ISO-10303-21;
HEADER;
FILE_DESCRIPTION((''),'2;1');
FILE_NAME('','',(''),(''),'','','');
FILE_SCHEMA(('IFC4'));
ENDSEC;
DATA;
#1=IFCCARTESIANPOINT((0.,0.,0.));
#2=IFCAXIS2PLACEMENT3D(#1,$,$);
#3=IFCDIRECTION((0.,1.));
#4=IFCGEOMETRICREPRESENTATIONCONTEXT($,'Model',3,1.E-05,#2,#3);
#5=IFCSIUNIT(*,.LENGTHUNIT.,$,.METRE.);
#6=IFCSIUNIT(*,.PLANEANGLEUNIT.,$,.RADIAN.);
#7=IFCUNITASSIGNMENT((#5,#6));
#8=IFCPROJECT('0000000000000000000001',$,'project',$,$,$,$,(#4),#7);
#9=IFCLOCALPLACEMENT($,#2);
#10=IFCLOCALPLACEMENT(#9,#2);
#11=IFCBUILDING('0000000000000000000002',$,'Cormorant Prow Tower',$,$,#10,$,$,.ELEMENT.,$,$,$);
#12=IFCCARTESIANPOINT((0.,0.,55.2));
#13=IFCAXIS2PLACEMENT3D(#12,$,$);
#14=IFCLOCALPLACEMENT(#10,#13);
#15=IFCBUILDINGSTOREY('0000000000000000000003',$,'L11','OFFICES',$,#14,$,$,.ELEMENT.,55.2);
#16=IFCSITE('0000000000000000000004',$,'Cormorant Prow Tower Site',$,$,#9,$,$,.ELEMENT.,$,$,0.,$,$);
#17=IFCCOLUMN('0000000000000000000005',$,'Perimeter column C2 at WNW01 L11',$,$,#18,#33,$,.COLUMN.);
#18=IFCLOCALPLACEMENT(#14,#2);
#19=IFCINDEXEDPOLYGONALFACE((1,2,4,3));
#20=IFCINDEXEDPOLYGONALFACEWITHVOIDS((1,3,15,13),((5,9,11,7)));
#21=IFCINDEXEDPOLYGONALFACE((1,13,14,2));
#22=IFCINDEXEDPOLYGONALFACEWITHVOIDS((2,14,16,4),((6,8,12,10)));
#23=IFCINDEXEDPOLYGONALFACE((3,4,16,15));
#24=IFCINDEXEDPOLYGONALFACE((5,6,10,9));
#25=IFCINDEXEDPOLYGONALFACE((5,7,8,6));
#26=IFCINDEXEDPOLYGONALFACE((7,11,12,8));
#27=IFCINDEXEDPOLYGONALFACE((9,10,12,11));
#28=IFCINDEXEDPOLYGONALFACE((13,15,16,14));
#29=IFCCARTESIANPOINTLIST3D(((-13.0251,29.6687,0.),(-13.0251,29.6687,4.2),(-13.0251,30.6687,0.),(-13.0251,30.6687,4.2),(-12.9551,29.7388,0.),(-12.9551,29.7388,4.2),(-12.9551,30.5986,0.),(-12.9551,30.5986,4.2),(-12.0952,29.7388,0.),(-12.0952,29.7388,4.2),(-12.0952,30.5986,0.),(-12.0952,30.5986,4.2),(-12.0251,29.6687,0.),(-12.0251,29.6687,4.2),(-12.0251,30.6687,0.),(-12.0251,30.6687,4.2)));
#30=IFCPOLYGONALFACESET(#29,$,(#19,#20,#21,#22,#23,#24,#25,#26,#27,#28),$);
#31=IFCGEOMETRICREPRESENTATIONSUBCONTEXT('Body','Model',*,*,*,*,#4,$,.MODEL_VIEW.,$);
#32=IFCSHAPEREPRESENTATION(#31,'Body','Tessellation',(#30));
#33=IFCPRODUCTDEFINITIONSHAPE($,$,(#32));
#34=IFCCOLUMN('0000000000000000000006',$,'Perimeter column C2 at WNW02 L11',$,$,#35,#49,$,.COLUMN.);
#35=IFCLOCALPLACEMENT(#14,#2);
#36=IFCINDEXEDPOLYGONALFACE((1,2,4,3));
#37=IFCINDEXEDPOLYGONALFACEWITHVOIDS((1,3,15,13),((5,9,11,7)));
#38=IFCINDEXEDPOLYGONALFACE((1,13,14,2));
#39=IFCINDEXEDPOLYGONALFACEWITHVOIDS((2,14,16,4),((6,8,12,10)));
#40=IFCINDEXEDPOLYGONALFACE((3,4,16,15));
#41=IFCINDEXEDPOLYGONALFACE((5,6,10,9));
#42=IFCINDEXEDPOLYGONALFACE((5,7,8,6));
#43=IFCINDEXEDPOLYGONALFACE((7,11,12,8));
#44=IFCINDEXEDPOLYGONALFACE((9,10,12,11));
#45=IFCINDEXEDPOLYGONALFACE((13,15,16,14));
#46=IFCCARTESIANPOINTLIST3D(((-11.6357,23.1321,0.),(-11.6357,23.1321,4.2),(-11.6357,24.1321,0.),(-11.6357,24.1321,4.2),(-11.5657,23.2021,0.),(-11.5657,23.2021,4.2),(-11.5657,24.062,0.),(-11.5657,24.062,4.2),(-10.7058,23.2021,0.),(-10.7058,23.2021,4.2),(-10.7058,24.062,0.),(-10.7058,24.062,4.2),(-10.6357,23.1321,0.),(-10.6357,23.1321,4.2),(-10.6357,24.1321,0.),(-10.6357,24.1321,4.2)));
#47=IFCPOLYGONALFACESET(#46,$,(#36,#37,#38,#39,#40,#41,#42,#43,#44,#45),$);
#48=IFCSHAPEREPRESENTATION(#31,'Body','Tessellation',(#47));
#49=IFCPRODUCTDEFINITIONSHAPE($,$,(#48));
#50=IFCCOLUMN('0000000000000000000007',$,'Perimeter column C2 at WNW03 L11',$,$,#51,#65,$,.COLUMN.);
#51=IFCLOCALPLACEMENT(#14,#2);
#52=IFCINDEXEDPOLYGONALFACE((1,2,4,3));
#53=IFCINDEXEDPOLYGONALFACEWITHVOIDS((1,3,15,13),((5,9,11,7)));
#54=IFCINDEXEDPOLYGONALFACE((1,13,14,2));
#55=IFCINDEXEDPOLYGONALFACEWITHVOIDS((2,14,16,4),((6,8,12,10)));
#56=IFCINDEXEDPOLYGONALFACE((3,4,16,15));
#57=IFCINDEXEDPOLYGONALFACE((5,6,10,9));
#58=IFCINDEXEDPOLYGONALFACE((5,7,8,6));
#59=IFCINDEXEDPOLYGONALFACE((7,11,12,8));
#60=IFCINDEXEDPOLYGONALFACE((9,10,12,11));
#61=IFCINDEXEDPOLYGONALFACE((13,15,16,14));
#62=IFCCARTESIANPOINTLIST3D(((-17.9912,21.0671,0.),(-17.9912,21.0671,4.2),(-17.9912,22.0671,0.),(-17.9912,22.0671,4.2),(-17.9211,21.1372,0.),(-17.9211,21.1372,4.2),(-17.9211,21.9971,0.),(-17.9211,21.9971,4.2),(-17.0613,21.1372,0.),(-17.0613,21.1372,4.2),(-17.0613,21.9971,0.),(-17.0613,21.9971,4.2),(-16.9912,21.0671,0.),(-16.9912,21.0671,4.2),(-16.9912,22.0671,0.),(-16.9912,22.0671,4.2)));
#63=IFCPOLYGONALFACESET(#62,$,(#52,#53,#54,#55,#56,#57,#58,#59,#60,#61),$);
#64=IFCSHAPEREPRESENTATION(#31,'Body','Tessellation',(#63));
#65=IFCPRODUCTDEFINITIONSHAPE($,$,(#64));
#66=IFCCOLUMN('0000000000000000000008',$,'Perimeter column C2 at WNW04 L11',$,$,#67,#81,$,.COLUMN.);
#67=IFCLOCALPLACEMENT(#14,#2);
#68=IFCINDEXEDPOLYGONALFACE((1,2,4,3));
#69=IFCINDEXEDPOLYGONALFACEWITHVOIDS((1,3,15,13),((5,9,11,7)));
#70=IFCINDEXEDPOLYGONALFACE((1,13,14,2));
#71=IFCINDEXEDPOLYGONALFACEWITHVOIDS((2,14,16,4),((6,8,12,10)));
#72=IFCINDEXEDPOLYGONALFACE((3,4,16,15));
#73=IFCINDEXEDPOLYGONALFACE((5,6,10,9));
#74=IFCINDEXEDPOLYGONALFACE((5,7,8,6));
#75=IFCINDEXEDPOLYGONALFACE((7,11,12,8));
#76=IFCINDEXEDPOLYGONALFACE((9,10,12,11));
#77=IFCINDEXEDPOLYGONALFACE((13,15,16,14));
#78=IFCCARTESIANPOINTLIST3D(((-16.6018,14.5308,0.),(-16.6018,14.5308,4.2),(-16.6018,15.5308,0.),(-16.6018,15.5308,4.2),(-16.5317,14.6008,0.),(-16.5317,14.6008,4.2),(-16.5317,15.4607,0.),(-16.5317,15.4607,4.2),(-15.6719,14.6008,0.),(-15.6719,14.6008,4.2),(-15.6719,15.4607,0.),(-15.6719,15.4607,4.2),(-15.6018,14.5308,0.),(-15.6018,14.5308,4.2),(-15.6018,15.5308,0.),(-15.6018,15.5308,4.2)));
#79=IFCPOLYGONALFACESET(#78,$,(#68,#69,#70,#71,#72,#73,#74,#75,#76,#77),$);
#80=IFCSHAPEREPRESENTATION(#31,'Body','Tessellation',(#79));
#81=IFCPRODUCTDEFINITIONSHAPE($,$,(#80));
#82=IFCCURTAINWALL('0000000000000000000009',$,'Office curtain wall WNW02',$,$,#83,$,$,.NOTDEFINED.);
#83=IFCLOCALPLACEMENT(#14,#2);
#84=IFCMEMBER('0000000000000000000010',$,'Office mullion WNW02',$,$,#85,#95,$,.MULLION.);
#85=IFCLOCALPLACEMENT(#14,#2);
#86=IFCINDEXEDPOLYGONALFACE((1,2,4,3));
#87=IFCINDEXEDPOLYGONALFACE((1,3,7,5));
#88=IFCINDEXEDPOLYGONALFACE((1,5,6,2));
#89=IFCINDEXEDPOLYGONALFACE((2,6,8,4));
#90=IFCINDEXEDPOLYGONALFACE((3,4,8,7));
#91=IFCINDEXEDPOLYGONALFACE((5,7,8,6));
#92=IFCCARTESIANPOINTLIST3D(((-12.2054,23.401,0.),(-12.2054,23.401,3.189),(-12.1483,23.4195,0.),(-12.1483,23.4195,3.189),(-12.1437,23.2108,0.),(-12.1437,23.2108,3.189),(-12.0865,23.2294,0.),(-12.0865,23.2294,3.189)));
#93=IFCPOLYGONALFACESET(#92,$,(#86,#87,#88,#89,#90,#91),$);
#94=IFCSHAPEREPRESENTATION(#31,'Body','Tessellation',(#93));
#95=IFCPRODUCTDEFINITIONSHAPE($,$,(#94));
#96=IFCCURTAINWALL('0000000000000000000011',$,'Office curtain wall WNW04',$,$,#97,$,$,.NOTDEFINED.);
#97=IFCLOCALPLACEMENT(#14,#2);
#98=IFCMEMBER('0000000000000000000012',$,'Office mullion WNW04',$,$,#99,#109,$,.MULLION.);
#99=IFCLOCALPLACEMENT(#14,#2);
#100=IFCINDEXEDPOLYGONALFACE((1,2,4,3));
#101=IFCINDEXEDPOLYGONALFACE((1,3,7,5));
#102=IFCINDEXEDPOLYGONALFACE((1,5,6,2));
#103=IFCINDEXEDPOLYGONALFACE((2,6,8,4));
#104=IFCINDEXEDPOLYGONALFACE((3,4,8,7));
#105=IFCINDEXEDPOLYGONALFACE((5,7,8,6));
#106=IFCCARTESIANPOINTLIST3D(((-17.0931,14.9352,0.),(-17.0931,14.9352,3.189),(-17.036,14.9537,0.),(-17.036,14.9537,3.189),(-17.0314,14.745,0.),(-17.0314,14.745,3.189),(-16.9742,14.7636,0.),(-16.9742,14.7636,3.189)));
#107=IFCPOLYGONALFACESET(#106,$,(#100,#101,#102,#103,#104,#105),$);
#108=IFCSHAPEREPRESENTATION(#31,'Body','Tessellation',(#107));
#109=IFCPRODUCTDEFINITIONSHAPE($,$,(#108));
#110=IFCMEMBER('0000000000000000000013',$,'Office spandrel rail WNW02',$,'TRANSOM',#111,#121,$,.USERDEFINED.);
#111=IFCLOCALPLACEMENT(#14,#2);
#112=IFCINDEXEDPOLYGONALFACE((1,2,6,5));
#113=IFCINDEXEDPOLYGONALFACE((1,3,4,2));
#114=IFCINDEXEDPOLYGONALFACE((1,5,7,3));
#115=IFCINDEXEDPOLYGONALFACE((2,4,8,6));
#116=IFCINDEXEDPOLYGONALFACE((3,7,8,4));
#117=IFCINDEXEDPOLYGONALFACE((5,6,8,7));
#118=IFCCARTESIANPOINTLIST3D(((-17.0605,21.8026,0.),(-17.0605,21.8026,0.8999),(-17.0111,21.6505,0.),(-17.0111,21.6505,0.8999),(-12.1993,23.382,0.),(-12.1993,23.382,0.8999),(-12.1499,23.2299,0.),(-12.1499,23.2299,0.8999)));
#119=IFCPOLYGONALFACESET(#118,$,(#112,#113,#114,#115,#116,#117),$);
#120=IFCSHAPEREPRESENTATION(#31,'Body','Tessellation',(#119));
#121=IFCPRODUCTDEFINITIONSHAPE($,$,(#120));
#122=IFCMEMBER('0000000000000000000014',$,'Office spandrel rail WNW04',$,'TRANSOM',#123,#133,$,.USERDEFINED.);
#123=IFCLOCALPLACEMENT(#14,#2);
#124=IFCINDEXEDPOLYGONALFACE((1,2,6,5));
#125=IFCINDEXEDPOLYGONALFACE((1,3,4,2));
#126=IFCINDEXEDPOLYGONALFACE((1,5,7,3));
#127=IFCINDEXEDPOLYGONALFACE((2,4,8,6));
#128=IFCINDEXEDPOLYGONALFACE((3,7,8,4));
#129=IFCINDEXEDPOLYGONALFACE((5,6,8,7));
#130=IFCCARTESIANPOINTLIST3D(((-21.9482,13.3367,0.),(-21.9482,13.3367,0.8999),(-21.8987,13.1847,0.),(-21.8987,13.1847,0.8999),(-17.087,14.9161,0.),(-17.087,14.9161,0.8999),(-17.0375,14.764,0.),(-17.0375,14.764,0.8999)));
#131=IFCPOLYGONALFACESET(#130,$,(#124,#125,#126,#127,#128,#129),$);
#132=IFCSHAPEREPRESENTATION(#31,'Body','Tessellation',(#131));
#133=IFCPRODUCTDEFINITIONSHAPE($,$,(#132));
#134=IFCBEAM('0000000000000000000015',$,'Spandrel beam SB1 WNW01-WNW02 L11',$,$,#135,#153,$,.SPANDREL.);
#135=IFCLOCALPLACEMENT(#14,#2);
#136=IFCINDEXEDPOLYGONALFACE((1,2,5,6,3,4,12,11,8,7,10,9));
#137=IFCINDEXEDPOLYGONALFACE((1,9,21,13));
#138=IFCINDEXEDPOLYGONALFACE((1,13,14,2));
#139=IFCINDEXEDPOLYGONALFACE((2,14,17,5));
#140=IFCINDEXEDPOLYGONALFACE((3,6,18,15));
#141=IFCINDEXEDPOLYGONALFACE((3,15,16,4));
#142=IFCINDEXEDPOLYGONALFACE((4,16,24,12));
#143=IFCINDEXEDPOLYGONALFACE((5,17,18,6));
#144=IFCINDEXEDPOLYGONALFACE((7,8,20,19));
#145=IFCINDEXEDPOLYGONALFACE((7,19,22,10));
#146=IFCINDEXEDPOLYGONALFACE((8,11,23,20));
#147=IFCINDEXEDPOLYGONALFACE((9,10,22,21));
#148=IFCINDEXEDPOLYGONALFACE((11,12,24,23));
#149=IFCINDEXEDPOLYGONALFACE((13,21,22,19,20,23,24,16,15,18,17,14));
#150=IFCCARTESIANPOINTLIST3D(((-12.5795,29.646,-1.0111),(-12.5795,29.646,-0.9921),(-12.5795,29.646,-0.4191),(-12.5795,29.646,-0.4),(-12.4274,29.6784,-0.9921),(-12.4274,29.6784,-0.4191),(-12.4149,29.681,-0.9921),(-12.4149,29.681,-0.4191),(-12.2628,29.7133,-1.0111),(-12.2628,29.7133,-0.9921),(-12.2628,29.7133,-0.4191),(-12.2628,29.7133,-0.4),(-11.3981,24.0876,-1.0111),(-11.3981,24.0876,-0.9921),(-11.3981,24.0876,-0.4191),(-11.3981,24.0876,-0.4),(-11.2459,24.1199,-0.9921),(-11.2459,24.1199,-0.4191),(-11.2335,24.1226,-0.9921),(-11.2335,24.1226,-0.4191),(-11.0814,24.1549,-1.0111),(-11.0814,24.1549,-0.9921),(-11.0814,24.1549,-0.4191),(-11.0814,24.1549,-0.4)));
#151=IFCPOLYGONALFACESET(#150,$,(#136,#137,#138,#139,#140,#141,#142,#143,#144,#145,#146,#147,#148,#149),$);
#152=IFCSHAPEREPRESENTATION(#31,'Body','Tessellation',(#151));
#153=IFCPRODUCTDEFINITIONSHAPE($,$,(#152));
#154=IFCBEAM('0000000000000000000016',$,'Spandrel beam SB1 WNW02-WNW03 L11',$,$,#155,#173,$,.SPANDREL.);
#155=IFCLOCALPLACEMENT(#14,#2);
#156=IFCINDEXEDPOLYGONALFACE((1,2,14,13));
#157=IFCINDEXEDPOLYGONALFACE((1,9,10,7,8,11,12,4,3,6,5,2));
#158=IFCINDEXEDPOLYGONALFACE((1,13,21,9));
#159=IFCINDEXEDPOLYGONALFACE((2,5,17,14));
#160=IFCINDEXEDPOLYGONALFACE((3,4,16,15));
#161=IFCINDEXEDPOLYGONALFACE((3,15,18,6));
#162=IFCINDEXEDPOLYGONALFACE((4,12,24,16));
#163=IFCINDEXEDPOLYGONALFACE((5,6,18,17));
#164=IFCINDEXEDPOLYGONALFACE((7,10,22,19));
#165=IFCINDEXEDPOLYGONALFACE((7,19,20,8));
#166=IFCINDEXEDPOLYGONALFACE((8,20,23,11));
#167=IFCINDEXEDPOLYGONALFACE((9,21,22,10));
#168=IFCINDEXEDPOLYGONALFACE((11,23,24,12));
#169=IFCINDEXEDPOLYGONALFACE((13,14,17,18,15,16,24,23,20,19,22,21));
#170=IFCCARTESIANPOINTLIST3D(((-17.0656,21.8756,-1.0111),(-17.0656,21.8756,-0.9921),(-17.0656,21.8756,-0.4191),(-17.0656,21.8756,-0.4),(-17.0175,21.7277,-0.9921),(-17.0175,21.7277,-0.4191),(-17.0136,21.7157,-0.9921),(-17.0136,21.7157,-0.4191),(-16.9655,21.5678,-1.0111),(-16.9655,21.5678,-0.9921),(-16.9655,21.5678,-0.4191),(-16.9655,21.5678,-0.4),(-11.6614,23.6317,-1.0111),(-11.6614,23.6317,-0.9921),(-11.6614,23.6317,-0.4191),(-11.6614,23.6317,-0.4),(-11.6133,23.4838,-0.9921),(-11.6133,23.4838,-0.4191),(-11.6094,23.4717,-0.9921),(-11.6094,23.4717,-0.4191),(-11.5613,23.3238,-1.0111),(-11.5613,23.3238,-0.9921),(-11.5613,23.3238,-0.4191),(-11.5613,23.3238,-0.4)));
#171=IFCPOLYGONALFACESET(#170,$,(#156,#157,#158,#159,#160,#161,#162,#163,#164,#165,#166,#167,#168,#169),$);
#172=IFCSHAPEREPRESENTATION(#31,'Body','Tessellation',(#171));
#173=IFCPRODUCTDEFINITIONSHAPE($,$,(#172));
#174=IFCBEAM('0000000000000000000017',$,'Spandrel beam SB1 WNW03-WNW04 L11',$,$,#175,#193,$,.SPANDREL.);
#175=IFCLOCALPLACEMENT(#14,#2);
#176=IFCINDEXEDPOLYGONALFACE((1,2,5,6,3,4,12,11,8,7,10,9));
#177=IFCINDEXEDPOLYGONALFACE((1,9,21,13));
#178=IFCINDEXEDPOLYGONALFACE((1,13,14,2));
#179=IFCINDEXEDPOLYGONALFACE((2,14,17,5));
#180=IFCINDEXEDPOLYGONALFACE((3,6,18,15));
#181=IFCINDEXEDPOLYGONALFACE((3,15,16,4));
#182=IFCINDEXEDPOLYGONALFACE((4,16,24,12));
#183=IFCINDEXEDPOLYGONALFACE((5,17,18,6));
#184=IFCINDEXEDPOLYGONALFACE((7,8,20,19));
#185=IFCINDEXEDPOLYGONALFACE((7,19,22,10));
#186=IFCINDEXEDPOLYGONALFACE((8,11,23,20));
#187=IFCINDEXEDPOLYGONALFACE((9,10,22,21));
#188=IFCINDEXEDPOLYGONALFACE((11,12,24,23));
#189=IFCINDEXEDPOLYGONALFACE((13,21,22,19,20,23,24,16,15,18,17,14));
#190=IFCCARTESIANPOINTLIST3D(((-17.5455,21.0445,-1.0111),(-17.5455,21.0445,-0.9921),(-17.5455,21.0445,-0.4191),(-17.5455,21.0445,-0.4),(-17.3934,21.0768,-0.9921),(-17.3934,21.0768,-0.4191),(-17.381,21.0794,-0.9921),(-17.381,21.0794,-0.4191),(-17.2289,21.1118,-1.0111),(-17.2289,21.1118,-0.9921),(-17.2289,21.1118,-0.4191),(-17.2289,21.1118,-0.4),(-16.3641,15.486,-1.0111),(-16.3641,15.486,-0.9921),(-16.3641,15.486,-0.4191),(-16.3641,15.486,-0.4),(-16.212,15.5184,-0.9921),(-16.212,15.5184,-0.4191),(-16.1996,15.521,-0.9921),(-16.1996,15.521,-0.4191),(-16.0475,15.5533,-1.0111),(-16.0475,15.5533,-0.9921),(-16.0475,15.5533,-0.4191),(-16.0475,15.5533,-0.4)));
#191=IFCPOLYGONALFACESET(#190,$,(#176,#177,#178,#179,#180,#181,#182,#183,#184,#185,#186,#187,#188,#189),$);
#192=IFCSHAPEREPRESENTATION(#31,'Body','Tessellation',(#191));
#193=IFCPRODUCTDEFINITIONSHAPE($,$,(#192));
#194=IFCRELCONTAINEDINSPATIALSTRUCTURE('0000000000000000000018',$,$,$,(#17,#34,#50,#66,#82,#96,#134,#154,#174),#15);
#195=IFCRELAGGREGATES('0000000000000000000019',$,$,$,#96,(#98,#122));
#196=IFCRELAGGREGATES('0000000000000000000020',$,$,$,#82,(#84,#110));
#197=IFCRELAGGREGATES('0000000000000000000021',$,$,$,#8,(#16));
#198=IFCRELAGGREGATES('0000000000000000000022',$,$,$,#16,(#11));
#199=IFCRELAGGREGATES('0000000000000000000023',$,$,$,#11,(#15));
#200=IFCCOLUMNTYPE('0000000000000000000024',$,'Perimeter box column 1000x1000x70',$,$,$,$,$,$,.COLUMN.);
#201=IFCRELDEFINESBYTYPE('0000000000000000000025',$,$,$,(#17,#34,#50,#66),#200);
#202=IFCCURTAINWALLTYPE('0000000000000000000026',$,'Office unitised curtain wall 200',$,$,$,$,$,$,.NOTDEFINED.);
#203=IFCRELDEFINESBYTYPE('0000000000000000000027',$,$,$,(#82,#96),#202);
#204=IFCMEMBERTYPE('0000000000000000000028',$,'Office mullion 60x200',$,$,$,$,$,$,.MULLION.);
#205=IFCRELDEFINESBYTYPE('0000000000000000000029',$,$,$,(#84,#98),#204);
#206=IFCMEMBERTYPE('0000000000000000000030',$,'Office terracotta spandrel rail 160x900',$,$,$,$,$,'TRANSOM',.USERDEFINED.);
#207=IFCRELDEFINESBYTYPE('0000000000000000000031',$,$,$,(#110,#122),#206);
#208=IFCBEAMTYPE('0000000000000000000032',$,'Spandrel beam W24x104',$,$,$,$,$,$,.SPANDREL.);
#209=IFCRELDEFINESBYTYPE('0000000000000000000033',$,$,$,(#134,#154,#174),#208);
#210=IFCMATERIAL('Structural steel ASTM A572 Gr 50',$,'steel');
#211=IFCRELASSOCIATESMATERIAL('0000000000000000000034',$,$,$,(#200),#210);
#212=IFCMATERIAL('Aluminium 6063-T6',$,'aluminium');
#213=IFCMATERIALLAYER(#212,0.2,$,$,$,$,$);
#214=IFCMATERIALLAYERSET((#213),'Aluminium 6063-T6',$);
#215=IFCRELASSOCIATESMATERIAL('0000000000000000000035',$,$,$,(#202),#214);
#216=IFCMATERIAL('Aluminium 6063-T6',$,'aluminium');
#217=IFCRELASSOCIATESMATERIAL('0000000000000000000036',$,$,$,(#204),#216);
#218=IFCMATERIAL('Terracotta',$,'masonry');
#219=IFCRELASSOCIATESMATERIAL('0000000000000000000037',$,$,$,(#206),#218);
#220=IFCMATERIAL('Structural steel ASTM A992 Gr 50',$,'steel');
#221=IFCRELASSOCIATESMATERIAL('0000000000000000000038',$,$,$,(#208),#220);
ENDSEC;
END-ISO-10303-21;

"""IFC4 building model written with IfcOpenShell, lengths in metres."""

from ifc_helpers import new_model, si_unit, direction, frame, origin, origin_2d, place, context, subcontext, project, spatial, rectangle, hollow_rectangle, i_section, extrude, material, layer, layer_set, material_profile, profile_set, type_object, element, aggregate, save


model = new_model("IFC4")

# Units and contexts
model_context = context("Model", 3, precision=1e-05, world=origin(), true_north=direction((0.0, 1.0)))
body_context = subcontext(model_context, "Body", "Model", "MODEL_VIEW")
ifc_project = project(units=[si_unit("LENGTHUNIT", "METRE"), si_unit("PLANEANGLEUNIT", "RADIAN")], contexts=[model_context])

# Site, building, storey
site_placement = place(None, origin())
site = spatial("IfcSite", under=ifc_project, at=site_placement, Name="Cormorant Prow Tower Site", CompositionType="ELEMENT", RefElevation=0.0)
building_placement = place(site_placement, origin())
building = spatial("IfcBuilding", under=site, at=building_placement, Name="Cormorant Prow Tower", CompositionType="ELEMENT")
storey_placement = place(building_placement, frame((0.0, 0.0, 55.2)))
storey = spatial("IfcBuildingStorey", under=building, at=storey_placement, Name="L11", Description="OFFICES", CompositionType="ELEMENT", Elevation=55.2)

# Columns
ifc_material_1 = material(Name="Structural steel ASTM A572 Gr 50", Category="steel")
ifc_material_profile_1 = material_profile(ifc_material_1, hollow_rectangle(XDim=1.0, YDim=1.0, WallThickness=0.0701, at=origin_2d()), Name="Box 1000x1000x70")
ifc_profile_set_1 = profile_set([ifc_material_profile_1], Name="Structural steel ASTM A572 Gr 50")
column_type = type_object("IfcColumnType", Name="Perimeter box column 1000x1000x70", PredefinedType="COLUMN", material=ifc_profile_set_1)
for number, where, z_axis, x_axis, name in (
    (1, (-12.5251, 30.1687, 0.0), (0.0, 0.0, 1.0), (1.0, 0.0, 0.0), "Perimeter column C2 at WNW01 L11"),
    (2, (-11.1357, 23.6321, 0.0), (0.0, 0.0, 1.0), (1.0, 0.0, 0.0), "Perimeter column C2 at WNW02 L11"),
    (3, (-17.4912, 21.5671, 0.0), (0.0, 0.0, 1.0), (1.0, 0.0, 0.0), "Perimeter column C2 at WNW03 L11"),
    (4, (-16.1018, 15.0308, 0.0), (0.0, 0.0, 1.0), (1.0, 0.0, 0.0), "Perimeter column C2 at WNW04 L11"),
):
    element("IfcColumn", number, at=place(storey_placement, frame(where, z_axis=z_axis, x_axis=x_axis)), inside=storey, type_object=column_type, Name=name, PredefinedType="COLUMN", context=body_context, shape_type="SweptSolid", body=[
        extrude(hollow_rectangle(XDim=1.0, YDim=1.0, WallThickness=0.0701, at=origin_2d()), origin(), (0.0, 0.0, 1.0), 4.2),
    ])

# Curtain walls, members
ifc_material_2 = material(Name="Aluminium 6063-T6", Category="aluminium")
ifc_layer_1 = layer(ifc_material_2, 0.2)
ifc_layer_set_1 = layer_set([ifc_layer_1], Name="Aluminium 6063-T6")
curtain_wall_type = type_object("IfcCurtainWallType", Name="Office unitised curtain wall 200", PredefinedType="NOTDEFINED", material=ifc_layer_set_1)
curtain_wall_1_placement = place(storey_placement, origin())
curtain_wall_1 = element("IfcCurtainWall", 5, at=curtain_wall_1_placement, inside=storey, type_object=curtain_wall_type, Name="Office curtain wall WNW02", PredefinedType="NOTDEFINED")
ifc_material_3 = material(Name="Aluminium 6063-T6", Category="aluminium")
ifc_material_profile_2 = material_profile(ifc_material_3, rectangle(XDim=0.2, YDim=0.0601, at=origin_2d()), Name="Office mullion 60x200")
ifc_profile_set_2 = profile_set([ifc_material_profile_2], Name="Aluminium 6063-T6")
member_type_1 = type_object("IfcMemberType", Name="Office mullion 60x200", PredefinedType="MULLION", material=ifc_profile_set_2)
member_1_placement = place(storey_placement, frame((-12.146, 23.3152, 0.0), z_axis=(0.0, 0.0, 1.0), x_axis=(0.309017, -0.951057, 0.0)))
member_1 = element("IfcMember", 6, at=member_1_placement, type_object=member_type_1, Name="Office mullion WNW02", PredefinedType="MULLION", context=body_context, shape_type="SweptSolid", body=[
    extrude(rectangle(XDim=0.2, YDim=0.0601, at=origin_2d()), origin(), (0.0, 0.0, 1.0), 3.189),
])
curtain_wall_2_placement = place(storey_placement, origin())
curtain_wall_2 = element("IfcCurtainWall", 7, at=curtain_wall_2_placement, inside=storey, type_object=curtain_wall_type, Name="Office curtain wall WNW04", PredefinedType="NOTDEFINED")
member_2_placement = place(storey_placement, frame((-17.0337, 14.8494, 0.0), z_axis=(0.0, 0.0, 1.0), x_axis=(0.309017, -0.951056, 0.0)))
member_2 = element("IfcMember", 8, at=member_2_placement, type_object=member_type_1, Name="Office mullion WNW04", PredefinedType="MULLION", context=body_context, shape_type="SweptSolid", body=[
    extrude(rectangle(XDim=0.2, YDim=0.0601, at=origin_2d()), origin(), (0.0, 0.0, 1.0), 3.189),
])

# Members
ifc_material_4 = material(Name="Terracotta", Category="masonry")
ifc_material_profile_3 = material_profile(ifc_material_4, rectangle(XDim=0.1599, YDim=0.8999, at=origin_2d()), Name="Office terracotta spandrel rail 160x900")
ifc_profile_set_3 = profile_set([ifc_material_profile_3], Name="Terracotta")
member_type_2 = type_object("IfcMemberType", Name="Office terracotta spandrel rail 160x900", ElementType="TRANSOM", PredefinedType="USERDEFINED", material=ifc_profile_set_3)
member_3_placement = place(storey_placement, frame((-12.1746, 23.3059, 0.45), z_axis=(-0.951063, -0.308996, 0.0), x_axis=(0.308996, -0.951063, 0.0)))
member_3 = element("IfcMember", 9, at=member_3_placement, type_object=member_type_2, Name="Office spandrel rail WNW02", ObjectType="TRANSOM", PredefinedType="USERDEFINED", context=body_context, shape_type="SweptSolid", body=[
    extrude(rectangle(XDim=0.1599, YDim=0.8999, at=origin_2d()), origin(), (0.0, 0.0, 1.0), 5.1113),
])
member_4_placement = place(storey_placement, frame((-17.0623, 14.8401, 0.45), z_axis=(-0.951063, -0.308996, 0.0), x_axis=(0.308996, -0.951063, 0.0)))
member_4 = element("IfcMember", 10, at=member_4_placement, type_object=member_type_2, Name="Office spandrel rail WNW04", ObjectType="TRANSOM", PredefinedType="USERDEFINED", context=body_context, shape_type="SweptSolid", body=[
    extrude(rectangle(XDim=0.1599, YDim=0.8999, at=origin_2d()), origin(), (0.0, 0.0, 1.0), 5.1113),
])
aggregate(curtain_wall_2, [member_2, member_4])

# Beams
ifc_material_5 = material(Name="Structural steel ASTM A992 Gr 50", Category="steel")
ifc_material_profile_4 = material_profile(ifc_material_5, i_section(OverallWidth=0.3237, OverallDepth=0.6111, WebThickness=0.0127, FlangeThickness=0.019, at=origin_2d()), Name="W24x104")
ifc_profile_set_4 = profile_set([ifc_material_profile_4], Name="Structural steel ASTM A992 Gr 50")
beam_type = type_object("IfcBeamType", Name="Spandrel beam W24x104", PredefinedType="SPANDREL", material=ifc_profile_set_4)
beam_1_placement = place(storey_placement, frame((-12.4211, 29.6797, -0.7056), z_axis=(0.2079, -0.97815, 0.0), x_axis=(0.97815, 0.2079, 0.0)))
element("IfcBeam", 11, at=beam_1_placement, inside=storey, type_object=beam_type, Name="Spandrel beam SB1 WNW01-WNW02 L11", PredefinedType="SPANDREL", context=body_context, shape_type="SweptSolid", body=[
    extrude(i_section(OverallWidth=0.3237, OverallDepth=0.6111, WebThickness=0.0127, FlangeThickness=0.019, at=origin_2d()), origin(), (0.0, 0.0, 1.0), 5.6826),
])
beam_2_placement = place(storey_placement, frame((-11.6113, 23.4778, -0.7056), z_axis=(-0.951049, -0.309039, 0.0), x_axis=(0.309039, -0.951049, 0.0)))
element("IfcBeam", 12, at=beam_2_placement, inside=storey, type_object=beam_type, Name="Spandrel beam SB1 WNW02-WNW03 L11", PredefinedType="SPANDREL", context=body_context, shape_type="SweptSolid", body=[
    extrude(i_section(OverallWidth=0.3237, OverallDepth=0.6111, WebThickness=0.0127, FlangeThickness=0.019, at=origin_2d()), origin(), (0.0, 0.0, 1.0), 5.6824),
])
beam_3_placement = place(storey_placement, frame((-17.3872, 21.0781, -0.7056), z_axis=(0.2079, -0.97815, 0.0), x_axis=(0.97815, 0.2079, 0.0)))
element("IfcBeam", 13, at=beam_3_placement, inside=storey, type_object=beam_type, Name="Spandrel beam SB1 WNW03-WNW04 L11", PredefinedType="SPANDREL", context=body_context, shape_type="SweptSolid", body=[
    extrude(i_section(OverallWidth=0.3237, OverallDepth=0.6111, WebThickness=0.0127, FlangeThickness=0.019, at=origin_2d()), origin(), (0.0, 0.0, 1.0), 5.6826),
])

aggregate(curtain_wall_1, [member_1, member_3])

save(model, "model.ifc")
